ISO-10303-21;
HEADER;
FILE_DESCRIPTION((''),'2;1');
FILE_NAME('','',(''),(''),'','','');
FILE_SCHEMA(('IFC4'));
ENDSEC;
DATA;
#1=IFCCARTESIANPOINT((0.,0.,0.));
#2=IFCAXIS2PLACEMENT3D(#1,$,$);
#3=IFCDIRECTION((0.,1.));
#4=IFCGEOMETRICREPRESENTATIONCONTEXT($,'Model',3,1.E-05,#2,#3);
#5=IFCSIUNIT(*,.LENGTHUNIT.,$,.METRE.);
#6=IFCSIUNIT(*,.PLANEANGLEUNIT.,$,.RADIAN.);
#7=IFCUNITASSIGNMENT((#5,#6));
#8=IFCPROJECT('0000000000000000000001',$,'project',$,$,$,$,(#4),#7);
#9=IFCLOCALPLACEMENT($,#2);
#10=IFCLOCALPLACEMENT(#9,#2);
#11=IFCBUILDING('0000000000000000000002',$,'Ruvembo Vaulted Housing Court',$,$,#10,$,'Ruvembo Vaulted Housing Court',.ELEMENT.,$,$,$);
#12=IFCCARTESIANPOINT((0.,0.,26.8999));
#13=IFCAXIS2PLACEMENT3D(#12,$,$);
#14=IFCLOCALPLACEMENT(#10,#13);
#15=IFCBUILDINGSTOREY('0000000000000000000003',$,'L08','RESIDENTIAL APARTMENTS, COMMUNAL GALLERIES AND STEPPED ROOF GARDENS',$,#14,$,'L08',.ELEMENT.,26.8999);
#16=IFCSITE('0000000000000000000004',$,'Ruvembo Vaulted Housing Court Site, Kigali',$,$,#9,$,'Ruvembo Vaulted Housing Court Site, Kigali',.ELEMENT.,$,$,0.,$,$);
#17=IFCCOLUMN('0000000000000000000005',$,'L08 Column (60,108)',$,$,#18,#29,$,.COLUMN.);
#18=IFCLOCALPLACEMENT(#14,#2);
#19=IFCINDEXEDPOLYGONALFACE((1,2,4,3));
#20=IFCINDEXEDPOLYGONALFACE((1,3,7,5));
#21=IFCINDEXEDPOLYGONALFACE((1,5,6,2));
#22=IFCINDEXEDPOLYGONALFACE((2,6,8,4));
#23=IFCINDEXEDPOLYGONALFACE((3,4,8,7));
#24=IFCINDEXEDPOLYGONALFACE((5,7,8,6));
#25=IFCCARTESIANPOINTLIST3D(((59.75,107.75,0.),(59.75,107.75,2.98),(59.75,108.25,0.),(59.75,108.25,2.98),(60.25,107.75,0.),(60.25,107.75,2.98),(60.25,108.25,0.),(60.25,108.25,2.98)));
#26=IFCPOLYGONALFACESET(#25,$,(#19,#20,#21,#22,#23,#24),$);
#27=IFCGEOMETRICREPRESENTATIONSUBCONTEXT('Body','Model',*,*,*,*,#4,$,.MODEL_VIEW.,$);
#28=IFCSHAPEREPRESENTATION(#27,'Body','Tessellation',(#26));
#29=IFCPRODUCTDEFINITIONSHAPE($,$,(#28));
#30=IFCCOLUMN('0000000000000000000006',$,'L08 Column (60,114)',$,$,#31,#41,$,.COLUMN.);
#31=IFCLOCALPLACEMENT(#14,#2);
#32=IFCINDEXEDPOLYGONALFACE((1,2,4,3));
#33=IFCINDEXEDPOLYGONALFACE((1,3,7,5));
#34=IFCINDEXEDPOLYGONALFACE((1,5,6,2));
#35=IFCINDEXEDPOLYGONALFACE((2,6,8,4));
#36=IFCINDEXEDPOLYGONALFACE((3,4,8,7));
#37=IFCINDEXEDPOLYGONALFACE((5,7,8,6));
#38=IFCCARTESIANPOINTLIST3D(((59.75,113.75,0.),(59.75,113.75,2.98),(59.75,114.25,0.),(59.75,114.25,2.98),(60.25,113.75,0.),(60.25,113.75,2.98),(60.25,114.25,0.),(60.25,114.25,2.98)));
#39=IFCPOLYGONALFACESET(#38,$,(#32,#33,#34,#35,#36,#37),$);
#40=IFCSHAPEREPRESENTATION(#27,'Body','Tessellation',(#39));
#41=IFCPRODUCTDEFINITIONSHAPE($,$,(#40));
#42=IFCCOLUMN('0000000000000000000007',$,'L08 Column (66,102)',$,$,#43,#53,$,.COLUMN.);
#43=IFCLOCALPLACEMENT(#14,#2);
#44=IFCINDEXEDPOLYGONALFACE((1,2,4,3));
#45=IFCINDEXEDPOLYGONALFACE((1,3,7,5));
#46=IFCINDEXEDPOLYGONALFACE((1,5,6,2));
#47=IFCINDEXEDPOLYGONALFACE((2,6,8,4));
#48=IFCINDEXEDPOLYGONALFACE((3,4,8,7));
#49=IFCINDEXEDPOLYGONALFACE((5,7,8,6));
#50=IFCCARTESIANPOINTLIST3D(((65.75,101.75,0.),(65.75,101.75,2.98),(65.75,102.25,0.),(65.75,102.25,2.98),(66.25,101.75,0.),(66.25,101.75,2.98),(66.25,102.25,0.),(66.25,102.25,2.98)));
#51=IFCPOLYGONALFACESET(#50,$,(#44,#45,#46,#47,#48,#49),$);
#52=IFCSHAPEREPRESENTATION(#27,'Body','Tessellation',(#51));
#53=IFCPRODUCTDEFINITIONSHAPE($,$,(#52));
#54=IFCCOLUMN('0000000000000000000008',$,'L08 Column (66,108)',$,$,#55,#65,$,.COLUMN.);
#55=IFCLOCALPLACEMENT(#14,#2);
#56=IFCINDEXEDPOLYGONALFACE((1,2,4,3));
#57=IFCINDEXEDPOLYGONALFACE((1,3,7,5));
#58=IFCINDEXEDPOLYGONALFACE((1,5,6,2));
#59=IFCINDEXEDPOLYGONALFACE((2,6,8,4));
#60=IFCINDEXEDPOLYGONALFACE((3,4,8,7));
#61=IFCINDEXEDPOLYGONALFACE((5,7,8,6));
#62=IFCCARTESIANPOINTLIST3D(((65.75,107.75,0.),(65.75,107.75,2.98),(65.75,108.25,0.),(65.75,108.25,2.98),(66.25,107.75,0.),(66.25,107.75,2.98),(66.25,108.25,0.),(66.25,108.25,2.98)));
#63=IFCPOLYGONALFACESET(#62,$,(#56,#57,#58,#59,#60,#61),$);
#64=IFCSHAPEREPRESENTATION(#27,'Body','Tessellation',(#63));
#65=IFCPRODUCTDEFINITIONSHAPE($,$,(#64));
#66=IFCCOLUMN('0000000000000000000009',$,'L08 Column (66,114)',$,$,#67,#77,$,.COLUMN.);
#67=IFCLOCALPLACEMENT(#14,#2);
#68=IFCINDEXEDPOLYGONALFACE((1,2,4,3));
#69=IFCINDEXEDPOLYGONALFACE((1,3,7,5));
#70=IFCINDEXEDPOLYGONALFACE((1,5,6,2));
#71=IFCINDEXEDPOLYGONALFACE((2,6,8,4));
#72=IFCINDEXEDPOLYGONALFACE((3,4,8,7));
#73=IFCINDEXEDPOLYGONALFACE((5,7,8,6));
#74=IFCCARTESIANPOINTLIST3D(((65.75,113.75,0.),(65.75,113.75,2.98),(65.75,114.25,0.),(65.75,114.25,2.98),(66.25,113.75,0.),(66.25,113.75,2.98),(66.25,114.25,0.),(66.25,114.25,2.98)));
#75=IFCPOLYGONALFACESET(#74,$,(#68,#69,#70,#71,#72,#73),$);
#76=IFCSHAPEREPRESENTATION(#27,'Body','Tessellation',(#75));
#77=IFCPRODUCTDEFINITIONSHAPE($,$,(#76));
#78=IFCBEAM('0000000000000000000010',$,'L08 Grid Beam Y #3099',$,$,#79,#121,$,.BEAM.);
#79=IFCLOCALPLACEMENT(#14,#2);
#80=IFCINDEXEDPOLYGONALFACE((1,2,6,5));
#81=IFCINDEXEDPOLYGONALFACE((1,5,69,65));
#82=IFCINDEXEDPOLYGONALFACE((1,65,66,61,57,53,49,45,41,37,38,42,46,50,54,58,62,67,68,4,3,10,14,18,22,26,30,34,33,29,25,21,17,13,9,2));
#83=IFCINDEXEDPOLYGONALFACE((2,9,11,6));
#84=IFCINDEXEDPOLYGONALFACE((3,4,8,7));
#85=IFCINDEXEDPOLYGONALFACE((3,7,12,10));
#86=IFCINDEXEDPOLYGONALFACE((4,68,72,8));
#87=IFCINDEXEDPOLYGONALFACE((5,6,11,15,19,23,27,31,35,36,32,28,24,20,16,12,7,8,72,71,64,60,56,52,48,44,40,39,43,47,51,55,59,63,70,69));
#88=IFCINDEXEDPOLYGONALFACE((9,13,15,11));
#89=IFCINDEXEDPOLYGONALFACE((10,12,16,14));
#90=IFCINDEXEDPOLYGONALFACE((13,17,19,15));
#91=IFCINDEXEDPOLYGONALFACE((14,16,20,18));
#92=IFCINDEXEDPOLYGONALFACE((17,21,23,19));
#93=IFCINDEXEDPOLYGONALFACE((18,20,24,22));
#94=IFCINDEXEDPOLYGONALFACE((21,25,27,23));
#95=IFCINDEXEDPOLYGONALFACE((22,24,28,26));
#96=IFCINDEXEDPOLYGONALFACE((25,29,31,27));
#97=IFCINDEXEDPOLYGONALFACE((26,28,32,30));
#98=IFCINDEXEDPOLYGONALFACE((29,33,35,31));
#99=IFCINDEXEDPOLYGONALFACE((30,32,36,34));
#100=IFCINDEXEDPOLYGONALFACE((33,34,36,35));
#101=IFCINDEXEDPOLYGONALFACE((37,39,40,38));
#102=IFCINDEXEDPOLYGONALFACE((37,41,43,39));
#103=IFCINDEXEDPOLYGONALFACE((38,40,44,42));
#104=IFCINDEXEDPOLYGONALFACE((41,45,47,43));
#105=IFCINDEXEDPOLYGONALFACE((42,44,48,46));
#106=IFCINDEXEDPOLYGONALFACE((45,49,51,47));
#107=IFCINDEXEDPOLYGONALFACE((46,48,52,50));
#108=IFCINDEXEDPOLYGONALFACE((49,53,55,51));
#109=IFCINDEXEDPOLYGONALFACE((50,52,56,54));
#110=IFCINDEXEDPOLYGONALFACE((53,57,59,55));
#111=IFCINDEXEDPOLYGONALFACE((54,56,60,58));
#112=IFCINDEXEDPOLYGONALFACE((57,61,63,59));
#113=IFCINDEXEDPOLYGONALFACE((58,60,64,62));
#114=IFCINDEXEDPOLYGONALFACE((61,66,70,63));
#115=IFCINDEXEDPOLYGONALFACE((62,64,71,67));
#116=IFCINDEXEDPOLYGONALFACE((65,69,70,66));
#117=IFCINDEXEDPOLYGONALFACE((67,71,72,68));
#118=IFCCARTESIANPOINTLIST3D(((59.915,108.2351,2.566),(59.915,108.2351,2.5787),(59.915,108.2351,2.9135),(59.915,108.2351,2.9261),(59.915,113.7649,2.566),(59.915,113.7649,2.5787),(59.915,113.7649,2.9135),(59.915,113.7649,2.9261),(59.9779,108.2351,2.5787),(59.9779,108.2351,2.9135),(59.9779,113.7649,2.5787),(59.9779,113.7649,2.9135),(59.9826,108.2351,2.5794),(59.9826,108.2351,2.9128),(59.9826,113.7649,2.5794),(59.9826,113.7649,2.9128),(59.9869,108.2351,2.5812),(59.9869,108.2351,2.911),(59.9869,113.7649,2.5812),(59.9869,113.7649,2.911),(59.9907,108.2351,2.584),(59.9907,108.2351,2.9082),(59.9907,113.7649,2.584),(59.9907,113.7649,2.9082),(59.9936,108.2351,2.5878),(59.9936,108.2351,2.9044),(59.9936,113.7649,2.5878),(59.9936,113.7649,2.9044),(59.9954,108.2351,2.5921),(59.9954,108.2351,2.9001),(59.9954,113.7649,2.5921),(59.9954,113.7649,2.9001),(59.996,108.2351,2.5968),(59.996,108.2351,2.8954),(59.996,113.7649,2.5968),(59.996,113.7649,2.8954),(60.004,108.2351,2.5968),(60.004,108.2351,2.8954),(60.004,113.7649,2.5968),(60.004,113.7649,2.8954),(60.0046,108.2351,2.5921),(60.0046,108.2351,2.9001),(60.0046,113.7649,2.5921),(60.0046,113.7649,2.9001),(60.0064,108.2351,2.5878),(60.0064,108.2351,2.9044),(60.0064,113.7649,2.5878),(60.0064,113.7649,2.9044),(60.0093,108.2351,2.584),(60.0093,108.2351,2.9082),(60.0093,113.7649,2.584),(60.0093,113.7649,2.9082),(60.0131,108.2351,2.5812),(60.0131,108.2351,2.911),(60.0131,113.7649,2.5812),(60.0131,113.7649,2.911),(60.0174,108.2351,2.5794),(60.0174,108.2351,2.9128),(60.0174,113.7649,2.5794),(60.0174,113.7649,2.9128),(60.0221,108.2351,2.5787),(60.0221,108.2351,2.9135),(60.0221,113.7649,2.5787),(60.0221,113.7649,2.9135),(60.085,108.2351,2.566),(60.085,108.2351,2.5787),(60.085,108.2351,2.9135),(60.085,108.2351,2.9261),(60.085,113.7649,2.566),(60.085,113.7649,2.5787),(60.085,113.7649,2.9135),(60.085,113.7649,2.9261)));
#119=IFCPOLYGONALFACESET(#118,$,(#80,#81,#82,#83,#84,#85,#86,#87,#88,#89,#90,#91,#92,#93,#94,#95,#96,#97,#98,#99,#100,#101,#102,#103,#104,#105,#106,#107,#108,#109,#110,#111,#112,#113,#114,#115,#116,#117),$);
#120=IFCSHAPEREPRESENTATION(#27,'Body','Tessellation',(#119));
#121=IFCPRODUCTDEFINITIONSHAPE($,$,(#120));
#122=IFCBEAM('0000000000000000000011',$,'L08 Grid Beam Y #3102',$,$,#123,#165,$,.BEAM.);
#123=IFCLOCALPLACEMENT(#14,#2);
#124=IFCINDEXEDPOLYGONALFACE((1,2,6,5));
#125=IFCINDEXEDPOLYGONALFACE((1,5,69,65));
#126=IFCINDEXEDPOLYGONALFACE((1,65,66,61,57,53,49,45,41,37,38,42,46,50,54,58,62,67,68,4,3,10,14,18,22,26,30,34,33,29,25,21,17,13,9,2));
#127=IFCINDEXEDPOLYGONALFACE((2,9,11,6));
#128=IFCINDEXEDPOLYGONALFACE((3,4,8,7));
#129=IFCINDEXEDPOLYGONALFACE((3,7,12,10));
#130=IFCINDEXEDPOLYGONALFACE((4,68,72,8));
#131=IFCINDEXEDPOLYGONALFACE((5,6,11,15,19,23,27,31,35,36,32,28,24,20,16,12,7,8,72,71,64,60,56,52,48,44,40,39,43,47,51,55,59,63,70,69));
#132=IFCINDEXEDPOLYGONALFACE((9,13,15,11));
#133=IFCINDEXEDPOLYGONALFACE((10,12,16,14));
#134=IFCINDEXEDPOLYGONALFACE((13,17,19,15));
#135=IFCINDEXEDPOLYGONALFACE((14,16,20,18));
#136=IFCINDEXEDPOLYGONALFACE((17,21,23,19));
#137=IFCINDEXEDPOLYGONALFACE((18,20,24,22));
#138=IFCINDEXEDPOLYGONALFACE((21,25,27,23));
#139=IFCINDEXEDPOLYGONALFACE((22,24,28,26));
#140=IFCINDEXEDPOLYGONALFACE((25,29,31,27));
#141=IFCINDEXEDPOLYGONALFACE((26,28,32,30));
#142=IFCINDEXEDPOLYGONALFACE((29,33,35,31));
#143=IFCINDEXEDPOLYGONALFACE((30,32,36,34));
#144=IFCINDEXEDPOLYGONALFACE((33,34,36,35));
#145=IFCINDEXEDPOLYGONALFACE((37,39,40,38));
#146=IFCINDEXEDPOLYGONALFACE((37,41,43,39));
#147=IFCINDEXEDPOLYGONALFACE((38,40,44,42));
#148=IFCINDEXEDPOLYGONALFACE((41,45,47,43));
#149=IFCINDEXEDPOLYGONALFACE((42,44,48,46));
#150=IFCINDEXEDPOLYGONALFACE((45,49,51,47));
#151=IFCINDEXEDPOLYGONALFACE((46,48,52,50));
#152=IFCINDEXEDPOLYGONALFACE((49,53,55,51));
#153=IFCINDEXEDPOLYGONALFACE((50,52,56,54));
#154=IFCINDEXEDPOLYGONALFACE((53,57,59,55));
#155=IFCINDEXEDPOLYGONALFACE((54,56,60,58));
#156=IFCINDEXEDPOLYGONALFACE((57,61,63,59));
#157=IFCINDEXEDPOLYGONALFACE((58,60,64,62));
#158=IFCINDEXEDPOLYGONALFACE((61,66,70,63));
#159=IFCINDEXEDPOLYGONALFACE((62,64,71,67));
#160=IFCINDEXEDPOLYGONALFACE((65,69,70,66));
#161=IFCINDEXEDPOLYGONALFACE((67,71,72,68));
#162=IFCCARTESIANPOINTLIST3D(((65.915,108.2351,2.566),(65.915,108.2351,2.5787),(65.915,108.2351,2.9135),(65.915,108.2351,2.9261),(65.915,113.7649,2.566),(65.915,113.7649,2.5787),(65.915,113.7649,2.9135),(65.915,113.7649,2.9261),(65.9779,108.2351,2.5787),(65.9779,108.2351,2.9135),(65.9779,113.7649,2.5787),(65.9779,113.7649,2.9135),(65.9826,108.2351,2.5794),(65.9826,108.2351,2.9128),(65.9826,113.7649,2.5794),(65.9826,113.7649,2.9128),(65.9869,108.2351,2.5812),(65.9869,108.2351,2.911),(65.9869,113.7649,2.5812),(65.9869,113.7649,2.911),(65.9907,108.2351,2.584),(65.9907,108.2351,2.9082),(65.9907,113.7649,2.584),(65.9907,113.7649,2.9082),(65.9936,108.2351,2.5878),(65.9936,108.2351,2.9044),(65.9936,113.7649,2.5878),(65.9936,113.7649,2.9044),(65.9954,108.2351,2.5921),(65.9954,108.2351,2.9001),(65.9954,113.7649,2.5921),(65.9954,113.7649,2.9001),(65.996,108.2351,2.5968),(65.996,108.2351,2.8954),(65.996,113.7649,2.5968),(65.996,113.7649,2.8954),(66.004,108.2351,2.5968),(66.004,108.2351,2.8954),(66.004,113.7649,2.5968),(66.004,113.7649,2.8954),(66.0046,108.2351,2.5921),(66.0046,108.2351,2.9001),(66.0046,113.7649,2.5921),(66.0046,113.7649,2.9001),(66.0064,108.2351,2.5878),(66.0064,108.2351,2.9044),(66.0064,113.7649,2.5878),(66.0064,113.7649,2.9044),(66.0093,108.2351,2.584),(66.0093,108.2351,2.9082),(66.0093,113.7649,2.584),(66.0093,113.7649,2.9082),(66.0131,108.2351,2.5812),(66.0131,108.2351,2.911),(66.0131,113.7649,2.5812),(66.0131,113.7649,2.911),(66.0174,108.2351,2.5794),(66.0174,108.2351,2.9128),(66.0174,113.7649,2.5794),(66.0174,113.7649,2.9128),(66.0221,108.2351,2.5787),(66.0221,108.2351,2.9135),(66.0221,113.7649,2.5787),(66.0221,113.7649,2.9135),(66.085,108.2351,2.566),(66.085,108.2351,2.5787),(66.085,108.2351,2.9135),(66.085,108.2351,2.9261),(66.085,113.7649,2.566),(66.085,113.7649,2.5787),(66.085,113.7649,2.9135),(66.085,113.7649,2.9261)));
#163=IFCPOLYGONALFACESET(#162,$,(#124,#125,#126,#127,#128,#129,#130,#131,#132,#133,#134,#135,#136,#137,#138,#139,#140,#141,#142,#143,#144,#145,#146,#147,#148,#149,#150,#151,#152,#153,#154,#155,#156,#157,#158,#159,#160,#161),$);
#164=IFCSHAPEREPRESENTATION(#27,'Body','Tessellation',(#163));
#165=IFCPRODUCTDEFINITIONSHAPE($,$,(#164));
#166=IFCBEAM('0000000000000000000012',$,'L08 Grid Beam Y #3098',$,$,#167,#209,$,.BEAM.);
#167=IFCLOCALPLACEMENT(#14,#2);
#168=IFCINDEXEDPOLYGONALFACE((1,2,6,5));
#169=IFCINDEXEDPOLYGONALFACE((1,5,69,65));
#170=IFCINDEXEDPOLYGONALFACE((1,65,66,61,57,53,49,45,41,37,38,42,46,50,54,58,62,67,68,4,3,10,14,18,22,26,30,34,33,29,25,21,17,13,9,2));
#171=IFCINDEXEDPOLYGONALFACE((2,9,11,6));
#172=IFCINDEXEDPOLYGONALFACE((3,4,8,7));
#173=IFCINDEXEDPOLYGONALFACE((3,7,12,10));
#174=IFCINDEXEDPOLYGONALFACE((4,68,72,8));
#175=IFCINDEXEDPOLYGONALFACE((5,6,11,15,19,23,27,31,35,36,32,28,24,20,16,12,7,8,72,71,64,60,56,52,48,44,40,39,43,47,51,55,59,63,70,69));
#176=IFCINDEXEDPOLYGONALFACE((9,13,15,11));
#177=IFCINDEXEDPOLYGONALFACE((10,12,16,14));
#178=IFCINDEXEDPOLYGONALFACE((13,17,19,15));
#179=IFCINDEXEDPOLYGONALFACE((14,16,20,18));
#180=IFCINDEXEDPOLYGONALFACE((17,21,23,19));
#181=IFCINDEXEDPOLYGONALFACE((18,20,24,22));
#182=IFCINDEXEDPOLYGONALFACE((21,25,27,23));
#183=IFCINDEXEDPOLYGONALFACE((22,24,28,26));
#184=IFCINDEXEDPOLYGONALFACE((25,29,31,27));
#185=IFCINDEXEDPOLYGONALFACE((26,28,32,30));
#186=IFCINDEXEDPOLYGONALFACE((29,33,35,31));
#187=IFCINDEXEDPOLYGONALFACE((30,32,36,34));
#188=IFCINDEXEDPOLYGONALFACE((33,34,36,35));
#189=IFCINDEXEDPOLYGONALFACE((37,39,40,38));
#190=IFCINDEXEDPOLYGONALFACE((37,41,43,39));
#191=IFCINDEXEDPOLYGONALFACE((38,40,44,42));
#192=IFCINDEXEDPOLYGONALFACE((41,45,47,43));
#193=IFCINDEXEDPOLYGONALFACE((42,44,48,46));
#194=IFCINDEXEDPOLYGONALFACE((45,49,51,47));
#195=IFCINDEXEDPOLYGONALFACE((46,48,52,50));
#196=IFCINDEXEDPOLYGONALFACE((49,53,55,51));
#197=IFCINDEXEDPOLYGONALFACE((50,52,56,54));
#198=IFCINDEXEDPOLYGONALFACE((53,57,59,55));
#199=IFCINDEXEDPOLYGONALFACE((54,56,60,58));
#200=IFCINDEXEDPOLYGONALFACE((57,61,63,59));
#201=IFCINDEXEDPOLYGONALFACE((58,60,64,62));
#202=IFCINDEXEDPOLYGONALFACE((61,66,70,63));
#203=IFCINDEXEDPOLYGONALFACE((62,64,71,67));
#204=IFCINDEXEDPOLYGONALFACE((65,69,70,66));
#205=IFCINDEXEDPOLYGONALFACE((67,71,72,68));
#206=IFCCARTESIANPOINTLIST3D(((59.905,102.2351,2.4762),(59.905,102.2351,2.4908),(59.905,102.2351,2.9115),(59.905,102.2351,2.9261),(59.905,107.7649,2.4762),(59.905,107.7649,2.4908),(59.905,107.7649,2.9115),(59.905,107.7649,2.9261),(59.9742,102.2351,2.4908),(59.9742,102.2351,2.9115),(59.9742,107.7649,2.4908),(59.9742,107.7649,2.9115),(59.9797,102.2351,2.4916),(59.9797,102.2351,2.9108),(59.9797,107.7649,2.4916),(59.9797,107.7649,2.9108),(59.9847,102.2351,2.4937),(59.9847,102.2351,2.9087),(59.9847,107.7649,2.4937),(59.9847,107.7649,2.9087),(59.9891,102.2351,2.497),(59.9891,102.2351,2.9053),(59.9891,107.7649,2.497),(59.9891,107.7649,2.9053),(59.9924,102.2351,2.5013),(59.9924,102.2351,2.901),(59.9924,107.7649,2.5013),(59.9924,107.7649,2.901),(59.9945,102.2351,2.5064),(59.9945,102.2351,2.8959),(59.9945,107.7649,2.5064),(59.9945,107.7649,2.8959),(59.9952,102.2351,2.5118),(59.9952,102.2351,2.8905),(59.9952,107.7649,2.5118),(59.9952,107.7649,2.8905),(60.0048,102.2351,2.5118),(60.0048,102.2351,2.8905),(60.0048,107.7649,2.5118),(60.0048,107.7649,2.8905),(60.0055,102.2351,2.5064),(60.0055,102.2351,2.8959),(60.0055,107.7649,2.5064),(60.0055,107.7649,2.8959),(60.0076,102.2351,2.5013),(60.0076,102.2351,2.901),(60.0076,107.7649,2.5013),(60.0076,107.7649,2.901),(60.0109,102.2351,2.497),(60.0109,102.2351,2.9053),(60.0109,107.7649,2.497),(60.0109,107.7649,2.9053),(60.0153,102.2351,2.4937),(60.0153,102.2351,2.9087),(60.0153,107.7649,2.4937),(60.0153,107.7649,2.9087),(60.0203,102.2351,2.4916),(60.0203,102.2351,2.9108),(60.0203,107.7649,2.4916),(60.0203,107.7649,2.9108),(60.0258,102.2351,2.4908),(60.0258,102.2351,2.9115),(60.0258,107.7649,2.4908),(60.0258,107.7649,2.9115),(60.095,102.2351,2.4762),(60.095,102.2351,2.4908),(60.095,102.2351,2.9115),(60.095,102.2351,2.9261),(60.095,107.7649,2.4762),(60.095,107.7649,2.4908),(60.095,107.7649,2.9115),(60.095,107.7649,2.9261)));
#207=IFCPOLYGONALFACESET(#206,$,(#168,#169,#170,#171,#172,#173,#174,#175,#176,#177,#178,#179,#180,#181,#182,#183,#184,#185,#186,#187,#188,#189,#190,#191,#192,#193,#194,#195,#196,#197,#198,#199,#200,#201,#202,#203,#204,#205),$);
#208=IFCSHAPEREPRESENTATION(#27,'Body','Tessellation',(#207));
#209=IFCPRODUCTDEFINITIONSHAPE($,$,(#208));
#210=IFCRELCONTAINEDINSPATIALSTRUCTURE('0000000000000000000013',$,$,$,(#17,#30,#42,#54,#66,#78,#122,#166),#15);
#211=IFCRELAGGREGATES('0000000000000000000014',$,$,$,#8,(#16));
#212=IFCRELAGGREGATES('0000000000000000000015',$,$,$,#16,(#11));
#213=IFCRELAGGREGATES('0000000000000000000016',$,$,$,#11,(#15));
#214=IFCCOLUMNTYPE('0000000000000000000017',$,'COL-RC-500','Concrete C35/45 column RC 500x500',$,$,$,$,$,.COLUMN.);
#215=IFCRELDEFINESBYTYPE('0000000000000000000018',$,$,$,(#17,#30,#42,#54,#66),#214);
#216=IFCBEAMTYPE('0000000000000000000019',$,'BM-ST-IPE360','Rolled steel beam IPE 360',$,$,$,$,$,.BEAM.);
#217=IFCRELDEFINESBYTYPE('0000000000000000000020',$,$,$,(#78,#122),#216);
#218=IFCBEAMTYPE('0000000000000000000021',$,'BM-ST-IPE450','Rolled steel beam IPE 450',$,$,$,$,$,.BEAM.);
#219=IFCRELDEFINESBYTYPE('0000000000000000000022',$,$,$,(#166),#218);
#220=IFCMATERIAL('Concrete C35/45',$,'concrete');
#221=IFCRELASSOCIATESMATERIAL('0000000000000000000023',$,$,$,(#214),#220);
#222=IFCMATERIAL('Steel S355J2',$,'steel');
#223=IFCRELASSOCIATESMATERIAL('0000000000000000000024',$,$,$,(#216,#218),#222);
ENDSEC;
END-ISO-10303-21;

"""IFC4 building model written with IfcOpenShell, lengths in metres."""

from ifc_helpers import new_model, si_unit, direction, frame, origin, origin_2d, place, context, subcontext, project, spatial, rectangle, i_section, extrude, material, material_profile, profile_set, type_object, element, save


model = new_model("IFC4")

# Units and contexts
model_context = context("Model", 3, precision=1e-05, world=origin(), true_north=direction((0.0, 1.0)))
body_context = subcontext(model_context, "Body", "Model", "MODEL_VIEW")
ifc_project = project(units=[si_unit("LENGTHUNIT", "METRE"), si_unit("PLANEANGLEUNIT", "RADIAN")], contexts=[model_context])

# Site, building, storey
site_placement = place(None, origin())
site = spatial("IfcSite", under=ifc_project, at=site_placement, Name="Ruvembo Vaulted Housing Court Site, Kigali", LongName="Ruvembo Vaulted Housing Court Site, Kigali", CompositionType="ELEMENT", RefElevation=0.0)
building_placement = place(site_placement, origin())
building = spatial("IfcBuilding", under=site, at=building_placement, Name="Ruvembo Vaulted Housing Court", LongName="Ruvembo Vaulted Housing Court", CompositionType="ELEMENT")
storey_placement = place(building_placement, frame((0.0, 0.0, 26.8999)))
storey = spatial("IfcBuildingStorey", under=building, at=storey_placement, Name="L08", Description="RESIDENTIAL APARTMENTS, COMMUNAL GALLERIES AND STEPPED ROOF GARDENS", LongName="L08", CompositionType="ELEMENT", Elevation=26.8999)

# Columns
ifc_material_1 = material(Name="Concrete C35/45", Category="concrete")
ifc_material_profile_1 = material_profile(ifc_material_1, rectangle(XDim=0.5, YDim=0.5, at=origin_2d()), Name="RC 500x500")
ifc_profile_set_1 = profile_set([ifc_material_profile_1], Name="Concrete C35/45")
column_type = type_object("IfcColumnType", Name="COL-RC-500", Description="Concrete C35/45 column RC 500x500", PredefinedType="COLUMN", material=ifc_profile_set_1)
for number, where, z_axis, x_axis, name in (
    (1, (60.0, 108.0, 0.0), (0.0, 0.0, 1.0), (1.0, 0.0, 0.0), "L08 Column (60,108)"),
    (2, (60.0, 114.0, 0.0), (0.0, 0.0, 1.0), (1.0, 0.0, 0.0), "L08 Column (60,114)"),
    (3, (66.0, 102.0, 0.0), (0.0, 0.0, 1.0), (1.0, 0.0, 0.0), "L08 Column (66,102)"),
    (4, (66.0, 108.0, 0.0), (0.0, 0.0, 1.0), (1.0, 0.0, 0.0), "L08 Column (66,108)"),
    (5, (66.0, 114.0, 0.0), (0.0, 0.0, 1.0), (1.0, 0.0, 0.0), "L08 Column (66,114)"),
):
    element("IfcColumn", number, at=place(storey_placement, frame(where, z_axis=z_axis, x_axis=x_axis)), inside=storey, type_object=column_type, Name=name, PredefinedType="COLUMN", context=body_context, shape_type="SweptSolid", body=[
        extrude(rectangle(XDim=0.5, YDim=0.5, at=origin_2d()), origin(), (0.0, 0.0, 1.0), 2.98),
    ])

# Beams
ifc_material_2 = material(Name="Steel S355J2", Category="steel")
ifc_material_profile_2 = material_profile(ifc_material_2, i_section(OverallWidth=0.1699, OverallDepth=0.3601, WebThickness=0.0081, FlangeThickness=0.0127, FilletRadius=0.0181, at=origin_2d()), Name="IPE 360")
ifc_profile_set_2 = profile_set([ifc_material_profile_2], Name="Steel S355J2")
beam_type_1 = type_object("IfcBeamType", Name="BM-ST-IPE360", Description="Rolled steel beam IPE 360", PredefinedType="BEAM", material=ifc_profile_set_2)
for number, where, z_axis, x_axis, name in (
    (6, (60.0, 108.2351, 2.7461), (0.0, 1.0, 0.0), (-1.0, 0.0, 0.0), "L08 Grid Beam Y #3099"),
    (7, (66.0, 108.2351, 2.7461), (0.0, 1.0, 0.0), (-1.0, 0.0, 0.0), "L08 Grid Beam Y #3102"),
):
    element("IfcBeam", number, at=place(storey_placement, frame(where, z_axis=z_axis, x_axis=x_axis)), inside=storey, type_object=beam_type_1, Name=name, PredefinedType="BEAM", context=body_context, shape_type="SweptSolid", body=[
        extrude(i_section(OverallWidth=0.1699, OverallDepth=0.3601, WebThickness=0.0081, FlangeThickness=0.0127, FilletRadius=0.0181, at=origin_2d()), origin(), (0.0, 0.0, 1.0), 5.5298),
    ])
ifc_material_profile_3 = material_profile(ifc_material_2, i_section(OverallWidth=0.1899, OverallDepth=0.45, WebThickness=0.0095, FlangeThickness=0.0146, FilletRadius=0.021, at=origin_2d()), Name="IPE 450")
ifc_profile_set_3 = profile_set([ifc_material_profile_3], Name="Steel S355J2")
beam_type_2 = type_object("IfcBeamType", Name="BM-ST-IPE450", Description="Rolled steel beam IPE 450", PredefinedType="BEAM", material=ifc_profile_set_3)
for number, where, z_axis, x_axis, name in (
    (8, (60.0, 102.2351, 2.7012), (0.0, 1.0, 0.0), (-1.0, 0.0, 0.0), "L08 Grid Beam Y #3098"),
):
    element("IfcBeam", number, at=place(storey_placement, frame(where, z_axis=z_axis, x_axis=x_axis)), inside=storey, type_object=beam_type_2, Name=name, PredefinedType="BEAM", context=body_context, shape_type="SweptSolid", body=[
        extrude(i_section(OverallWidth=0.1899, OverallDepth=0.45, WebThickness=0.0095, FlangeThickness=0.0146, FilletRadius=0.021, at=origin_2d()), origin(), (0.0, 0.0, 1.0), 5.5298),
    ])

save(model, "model.ifc")
